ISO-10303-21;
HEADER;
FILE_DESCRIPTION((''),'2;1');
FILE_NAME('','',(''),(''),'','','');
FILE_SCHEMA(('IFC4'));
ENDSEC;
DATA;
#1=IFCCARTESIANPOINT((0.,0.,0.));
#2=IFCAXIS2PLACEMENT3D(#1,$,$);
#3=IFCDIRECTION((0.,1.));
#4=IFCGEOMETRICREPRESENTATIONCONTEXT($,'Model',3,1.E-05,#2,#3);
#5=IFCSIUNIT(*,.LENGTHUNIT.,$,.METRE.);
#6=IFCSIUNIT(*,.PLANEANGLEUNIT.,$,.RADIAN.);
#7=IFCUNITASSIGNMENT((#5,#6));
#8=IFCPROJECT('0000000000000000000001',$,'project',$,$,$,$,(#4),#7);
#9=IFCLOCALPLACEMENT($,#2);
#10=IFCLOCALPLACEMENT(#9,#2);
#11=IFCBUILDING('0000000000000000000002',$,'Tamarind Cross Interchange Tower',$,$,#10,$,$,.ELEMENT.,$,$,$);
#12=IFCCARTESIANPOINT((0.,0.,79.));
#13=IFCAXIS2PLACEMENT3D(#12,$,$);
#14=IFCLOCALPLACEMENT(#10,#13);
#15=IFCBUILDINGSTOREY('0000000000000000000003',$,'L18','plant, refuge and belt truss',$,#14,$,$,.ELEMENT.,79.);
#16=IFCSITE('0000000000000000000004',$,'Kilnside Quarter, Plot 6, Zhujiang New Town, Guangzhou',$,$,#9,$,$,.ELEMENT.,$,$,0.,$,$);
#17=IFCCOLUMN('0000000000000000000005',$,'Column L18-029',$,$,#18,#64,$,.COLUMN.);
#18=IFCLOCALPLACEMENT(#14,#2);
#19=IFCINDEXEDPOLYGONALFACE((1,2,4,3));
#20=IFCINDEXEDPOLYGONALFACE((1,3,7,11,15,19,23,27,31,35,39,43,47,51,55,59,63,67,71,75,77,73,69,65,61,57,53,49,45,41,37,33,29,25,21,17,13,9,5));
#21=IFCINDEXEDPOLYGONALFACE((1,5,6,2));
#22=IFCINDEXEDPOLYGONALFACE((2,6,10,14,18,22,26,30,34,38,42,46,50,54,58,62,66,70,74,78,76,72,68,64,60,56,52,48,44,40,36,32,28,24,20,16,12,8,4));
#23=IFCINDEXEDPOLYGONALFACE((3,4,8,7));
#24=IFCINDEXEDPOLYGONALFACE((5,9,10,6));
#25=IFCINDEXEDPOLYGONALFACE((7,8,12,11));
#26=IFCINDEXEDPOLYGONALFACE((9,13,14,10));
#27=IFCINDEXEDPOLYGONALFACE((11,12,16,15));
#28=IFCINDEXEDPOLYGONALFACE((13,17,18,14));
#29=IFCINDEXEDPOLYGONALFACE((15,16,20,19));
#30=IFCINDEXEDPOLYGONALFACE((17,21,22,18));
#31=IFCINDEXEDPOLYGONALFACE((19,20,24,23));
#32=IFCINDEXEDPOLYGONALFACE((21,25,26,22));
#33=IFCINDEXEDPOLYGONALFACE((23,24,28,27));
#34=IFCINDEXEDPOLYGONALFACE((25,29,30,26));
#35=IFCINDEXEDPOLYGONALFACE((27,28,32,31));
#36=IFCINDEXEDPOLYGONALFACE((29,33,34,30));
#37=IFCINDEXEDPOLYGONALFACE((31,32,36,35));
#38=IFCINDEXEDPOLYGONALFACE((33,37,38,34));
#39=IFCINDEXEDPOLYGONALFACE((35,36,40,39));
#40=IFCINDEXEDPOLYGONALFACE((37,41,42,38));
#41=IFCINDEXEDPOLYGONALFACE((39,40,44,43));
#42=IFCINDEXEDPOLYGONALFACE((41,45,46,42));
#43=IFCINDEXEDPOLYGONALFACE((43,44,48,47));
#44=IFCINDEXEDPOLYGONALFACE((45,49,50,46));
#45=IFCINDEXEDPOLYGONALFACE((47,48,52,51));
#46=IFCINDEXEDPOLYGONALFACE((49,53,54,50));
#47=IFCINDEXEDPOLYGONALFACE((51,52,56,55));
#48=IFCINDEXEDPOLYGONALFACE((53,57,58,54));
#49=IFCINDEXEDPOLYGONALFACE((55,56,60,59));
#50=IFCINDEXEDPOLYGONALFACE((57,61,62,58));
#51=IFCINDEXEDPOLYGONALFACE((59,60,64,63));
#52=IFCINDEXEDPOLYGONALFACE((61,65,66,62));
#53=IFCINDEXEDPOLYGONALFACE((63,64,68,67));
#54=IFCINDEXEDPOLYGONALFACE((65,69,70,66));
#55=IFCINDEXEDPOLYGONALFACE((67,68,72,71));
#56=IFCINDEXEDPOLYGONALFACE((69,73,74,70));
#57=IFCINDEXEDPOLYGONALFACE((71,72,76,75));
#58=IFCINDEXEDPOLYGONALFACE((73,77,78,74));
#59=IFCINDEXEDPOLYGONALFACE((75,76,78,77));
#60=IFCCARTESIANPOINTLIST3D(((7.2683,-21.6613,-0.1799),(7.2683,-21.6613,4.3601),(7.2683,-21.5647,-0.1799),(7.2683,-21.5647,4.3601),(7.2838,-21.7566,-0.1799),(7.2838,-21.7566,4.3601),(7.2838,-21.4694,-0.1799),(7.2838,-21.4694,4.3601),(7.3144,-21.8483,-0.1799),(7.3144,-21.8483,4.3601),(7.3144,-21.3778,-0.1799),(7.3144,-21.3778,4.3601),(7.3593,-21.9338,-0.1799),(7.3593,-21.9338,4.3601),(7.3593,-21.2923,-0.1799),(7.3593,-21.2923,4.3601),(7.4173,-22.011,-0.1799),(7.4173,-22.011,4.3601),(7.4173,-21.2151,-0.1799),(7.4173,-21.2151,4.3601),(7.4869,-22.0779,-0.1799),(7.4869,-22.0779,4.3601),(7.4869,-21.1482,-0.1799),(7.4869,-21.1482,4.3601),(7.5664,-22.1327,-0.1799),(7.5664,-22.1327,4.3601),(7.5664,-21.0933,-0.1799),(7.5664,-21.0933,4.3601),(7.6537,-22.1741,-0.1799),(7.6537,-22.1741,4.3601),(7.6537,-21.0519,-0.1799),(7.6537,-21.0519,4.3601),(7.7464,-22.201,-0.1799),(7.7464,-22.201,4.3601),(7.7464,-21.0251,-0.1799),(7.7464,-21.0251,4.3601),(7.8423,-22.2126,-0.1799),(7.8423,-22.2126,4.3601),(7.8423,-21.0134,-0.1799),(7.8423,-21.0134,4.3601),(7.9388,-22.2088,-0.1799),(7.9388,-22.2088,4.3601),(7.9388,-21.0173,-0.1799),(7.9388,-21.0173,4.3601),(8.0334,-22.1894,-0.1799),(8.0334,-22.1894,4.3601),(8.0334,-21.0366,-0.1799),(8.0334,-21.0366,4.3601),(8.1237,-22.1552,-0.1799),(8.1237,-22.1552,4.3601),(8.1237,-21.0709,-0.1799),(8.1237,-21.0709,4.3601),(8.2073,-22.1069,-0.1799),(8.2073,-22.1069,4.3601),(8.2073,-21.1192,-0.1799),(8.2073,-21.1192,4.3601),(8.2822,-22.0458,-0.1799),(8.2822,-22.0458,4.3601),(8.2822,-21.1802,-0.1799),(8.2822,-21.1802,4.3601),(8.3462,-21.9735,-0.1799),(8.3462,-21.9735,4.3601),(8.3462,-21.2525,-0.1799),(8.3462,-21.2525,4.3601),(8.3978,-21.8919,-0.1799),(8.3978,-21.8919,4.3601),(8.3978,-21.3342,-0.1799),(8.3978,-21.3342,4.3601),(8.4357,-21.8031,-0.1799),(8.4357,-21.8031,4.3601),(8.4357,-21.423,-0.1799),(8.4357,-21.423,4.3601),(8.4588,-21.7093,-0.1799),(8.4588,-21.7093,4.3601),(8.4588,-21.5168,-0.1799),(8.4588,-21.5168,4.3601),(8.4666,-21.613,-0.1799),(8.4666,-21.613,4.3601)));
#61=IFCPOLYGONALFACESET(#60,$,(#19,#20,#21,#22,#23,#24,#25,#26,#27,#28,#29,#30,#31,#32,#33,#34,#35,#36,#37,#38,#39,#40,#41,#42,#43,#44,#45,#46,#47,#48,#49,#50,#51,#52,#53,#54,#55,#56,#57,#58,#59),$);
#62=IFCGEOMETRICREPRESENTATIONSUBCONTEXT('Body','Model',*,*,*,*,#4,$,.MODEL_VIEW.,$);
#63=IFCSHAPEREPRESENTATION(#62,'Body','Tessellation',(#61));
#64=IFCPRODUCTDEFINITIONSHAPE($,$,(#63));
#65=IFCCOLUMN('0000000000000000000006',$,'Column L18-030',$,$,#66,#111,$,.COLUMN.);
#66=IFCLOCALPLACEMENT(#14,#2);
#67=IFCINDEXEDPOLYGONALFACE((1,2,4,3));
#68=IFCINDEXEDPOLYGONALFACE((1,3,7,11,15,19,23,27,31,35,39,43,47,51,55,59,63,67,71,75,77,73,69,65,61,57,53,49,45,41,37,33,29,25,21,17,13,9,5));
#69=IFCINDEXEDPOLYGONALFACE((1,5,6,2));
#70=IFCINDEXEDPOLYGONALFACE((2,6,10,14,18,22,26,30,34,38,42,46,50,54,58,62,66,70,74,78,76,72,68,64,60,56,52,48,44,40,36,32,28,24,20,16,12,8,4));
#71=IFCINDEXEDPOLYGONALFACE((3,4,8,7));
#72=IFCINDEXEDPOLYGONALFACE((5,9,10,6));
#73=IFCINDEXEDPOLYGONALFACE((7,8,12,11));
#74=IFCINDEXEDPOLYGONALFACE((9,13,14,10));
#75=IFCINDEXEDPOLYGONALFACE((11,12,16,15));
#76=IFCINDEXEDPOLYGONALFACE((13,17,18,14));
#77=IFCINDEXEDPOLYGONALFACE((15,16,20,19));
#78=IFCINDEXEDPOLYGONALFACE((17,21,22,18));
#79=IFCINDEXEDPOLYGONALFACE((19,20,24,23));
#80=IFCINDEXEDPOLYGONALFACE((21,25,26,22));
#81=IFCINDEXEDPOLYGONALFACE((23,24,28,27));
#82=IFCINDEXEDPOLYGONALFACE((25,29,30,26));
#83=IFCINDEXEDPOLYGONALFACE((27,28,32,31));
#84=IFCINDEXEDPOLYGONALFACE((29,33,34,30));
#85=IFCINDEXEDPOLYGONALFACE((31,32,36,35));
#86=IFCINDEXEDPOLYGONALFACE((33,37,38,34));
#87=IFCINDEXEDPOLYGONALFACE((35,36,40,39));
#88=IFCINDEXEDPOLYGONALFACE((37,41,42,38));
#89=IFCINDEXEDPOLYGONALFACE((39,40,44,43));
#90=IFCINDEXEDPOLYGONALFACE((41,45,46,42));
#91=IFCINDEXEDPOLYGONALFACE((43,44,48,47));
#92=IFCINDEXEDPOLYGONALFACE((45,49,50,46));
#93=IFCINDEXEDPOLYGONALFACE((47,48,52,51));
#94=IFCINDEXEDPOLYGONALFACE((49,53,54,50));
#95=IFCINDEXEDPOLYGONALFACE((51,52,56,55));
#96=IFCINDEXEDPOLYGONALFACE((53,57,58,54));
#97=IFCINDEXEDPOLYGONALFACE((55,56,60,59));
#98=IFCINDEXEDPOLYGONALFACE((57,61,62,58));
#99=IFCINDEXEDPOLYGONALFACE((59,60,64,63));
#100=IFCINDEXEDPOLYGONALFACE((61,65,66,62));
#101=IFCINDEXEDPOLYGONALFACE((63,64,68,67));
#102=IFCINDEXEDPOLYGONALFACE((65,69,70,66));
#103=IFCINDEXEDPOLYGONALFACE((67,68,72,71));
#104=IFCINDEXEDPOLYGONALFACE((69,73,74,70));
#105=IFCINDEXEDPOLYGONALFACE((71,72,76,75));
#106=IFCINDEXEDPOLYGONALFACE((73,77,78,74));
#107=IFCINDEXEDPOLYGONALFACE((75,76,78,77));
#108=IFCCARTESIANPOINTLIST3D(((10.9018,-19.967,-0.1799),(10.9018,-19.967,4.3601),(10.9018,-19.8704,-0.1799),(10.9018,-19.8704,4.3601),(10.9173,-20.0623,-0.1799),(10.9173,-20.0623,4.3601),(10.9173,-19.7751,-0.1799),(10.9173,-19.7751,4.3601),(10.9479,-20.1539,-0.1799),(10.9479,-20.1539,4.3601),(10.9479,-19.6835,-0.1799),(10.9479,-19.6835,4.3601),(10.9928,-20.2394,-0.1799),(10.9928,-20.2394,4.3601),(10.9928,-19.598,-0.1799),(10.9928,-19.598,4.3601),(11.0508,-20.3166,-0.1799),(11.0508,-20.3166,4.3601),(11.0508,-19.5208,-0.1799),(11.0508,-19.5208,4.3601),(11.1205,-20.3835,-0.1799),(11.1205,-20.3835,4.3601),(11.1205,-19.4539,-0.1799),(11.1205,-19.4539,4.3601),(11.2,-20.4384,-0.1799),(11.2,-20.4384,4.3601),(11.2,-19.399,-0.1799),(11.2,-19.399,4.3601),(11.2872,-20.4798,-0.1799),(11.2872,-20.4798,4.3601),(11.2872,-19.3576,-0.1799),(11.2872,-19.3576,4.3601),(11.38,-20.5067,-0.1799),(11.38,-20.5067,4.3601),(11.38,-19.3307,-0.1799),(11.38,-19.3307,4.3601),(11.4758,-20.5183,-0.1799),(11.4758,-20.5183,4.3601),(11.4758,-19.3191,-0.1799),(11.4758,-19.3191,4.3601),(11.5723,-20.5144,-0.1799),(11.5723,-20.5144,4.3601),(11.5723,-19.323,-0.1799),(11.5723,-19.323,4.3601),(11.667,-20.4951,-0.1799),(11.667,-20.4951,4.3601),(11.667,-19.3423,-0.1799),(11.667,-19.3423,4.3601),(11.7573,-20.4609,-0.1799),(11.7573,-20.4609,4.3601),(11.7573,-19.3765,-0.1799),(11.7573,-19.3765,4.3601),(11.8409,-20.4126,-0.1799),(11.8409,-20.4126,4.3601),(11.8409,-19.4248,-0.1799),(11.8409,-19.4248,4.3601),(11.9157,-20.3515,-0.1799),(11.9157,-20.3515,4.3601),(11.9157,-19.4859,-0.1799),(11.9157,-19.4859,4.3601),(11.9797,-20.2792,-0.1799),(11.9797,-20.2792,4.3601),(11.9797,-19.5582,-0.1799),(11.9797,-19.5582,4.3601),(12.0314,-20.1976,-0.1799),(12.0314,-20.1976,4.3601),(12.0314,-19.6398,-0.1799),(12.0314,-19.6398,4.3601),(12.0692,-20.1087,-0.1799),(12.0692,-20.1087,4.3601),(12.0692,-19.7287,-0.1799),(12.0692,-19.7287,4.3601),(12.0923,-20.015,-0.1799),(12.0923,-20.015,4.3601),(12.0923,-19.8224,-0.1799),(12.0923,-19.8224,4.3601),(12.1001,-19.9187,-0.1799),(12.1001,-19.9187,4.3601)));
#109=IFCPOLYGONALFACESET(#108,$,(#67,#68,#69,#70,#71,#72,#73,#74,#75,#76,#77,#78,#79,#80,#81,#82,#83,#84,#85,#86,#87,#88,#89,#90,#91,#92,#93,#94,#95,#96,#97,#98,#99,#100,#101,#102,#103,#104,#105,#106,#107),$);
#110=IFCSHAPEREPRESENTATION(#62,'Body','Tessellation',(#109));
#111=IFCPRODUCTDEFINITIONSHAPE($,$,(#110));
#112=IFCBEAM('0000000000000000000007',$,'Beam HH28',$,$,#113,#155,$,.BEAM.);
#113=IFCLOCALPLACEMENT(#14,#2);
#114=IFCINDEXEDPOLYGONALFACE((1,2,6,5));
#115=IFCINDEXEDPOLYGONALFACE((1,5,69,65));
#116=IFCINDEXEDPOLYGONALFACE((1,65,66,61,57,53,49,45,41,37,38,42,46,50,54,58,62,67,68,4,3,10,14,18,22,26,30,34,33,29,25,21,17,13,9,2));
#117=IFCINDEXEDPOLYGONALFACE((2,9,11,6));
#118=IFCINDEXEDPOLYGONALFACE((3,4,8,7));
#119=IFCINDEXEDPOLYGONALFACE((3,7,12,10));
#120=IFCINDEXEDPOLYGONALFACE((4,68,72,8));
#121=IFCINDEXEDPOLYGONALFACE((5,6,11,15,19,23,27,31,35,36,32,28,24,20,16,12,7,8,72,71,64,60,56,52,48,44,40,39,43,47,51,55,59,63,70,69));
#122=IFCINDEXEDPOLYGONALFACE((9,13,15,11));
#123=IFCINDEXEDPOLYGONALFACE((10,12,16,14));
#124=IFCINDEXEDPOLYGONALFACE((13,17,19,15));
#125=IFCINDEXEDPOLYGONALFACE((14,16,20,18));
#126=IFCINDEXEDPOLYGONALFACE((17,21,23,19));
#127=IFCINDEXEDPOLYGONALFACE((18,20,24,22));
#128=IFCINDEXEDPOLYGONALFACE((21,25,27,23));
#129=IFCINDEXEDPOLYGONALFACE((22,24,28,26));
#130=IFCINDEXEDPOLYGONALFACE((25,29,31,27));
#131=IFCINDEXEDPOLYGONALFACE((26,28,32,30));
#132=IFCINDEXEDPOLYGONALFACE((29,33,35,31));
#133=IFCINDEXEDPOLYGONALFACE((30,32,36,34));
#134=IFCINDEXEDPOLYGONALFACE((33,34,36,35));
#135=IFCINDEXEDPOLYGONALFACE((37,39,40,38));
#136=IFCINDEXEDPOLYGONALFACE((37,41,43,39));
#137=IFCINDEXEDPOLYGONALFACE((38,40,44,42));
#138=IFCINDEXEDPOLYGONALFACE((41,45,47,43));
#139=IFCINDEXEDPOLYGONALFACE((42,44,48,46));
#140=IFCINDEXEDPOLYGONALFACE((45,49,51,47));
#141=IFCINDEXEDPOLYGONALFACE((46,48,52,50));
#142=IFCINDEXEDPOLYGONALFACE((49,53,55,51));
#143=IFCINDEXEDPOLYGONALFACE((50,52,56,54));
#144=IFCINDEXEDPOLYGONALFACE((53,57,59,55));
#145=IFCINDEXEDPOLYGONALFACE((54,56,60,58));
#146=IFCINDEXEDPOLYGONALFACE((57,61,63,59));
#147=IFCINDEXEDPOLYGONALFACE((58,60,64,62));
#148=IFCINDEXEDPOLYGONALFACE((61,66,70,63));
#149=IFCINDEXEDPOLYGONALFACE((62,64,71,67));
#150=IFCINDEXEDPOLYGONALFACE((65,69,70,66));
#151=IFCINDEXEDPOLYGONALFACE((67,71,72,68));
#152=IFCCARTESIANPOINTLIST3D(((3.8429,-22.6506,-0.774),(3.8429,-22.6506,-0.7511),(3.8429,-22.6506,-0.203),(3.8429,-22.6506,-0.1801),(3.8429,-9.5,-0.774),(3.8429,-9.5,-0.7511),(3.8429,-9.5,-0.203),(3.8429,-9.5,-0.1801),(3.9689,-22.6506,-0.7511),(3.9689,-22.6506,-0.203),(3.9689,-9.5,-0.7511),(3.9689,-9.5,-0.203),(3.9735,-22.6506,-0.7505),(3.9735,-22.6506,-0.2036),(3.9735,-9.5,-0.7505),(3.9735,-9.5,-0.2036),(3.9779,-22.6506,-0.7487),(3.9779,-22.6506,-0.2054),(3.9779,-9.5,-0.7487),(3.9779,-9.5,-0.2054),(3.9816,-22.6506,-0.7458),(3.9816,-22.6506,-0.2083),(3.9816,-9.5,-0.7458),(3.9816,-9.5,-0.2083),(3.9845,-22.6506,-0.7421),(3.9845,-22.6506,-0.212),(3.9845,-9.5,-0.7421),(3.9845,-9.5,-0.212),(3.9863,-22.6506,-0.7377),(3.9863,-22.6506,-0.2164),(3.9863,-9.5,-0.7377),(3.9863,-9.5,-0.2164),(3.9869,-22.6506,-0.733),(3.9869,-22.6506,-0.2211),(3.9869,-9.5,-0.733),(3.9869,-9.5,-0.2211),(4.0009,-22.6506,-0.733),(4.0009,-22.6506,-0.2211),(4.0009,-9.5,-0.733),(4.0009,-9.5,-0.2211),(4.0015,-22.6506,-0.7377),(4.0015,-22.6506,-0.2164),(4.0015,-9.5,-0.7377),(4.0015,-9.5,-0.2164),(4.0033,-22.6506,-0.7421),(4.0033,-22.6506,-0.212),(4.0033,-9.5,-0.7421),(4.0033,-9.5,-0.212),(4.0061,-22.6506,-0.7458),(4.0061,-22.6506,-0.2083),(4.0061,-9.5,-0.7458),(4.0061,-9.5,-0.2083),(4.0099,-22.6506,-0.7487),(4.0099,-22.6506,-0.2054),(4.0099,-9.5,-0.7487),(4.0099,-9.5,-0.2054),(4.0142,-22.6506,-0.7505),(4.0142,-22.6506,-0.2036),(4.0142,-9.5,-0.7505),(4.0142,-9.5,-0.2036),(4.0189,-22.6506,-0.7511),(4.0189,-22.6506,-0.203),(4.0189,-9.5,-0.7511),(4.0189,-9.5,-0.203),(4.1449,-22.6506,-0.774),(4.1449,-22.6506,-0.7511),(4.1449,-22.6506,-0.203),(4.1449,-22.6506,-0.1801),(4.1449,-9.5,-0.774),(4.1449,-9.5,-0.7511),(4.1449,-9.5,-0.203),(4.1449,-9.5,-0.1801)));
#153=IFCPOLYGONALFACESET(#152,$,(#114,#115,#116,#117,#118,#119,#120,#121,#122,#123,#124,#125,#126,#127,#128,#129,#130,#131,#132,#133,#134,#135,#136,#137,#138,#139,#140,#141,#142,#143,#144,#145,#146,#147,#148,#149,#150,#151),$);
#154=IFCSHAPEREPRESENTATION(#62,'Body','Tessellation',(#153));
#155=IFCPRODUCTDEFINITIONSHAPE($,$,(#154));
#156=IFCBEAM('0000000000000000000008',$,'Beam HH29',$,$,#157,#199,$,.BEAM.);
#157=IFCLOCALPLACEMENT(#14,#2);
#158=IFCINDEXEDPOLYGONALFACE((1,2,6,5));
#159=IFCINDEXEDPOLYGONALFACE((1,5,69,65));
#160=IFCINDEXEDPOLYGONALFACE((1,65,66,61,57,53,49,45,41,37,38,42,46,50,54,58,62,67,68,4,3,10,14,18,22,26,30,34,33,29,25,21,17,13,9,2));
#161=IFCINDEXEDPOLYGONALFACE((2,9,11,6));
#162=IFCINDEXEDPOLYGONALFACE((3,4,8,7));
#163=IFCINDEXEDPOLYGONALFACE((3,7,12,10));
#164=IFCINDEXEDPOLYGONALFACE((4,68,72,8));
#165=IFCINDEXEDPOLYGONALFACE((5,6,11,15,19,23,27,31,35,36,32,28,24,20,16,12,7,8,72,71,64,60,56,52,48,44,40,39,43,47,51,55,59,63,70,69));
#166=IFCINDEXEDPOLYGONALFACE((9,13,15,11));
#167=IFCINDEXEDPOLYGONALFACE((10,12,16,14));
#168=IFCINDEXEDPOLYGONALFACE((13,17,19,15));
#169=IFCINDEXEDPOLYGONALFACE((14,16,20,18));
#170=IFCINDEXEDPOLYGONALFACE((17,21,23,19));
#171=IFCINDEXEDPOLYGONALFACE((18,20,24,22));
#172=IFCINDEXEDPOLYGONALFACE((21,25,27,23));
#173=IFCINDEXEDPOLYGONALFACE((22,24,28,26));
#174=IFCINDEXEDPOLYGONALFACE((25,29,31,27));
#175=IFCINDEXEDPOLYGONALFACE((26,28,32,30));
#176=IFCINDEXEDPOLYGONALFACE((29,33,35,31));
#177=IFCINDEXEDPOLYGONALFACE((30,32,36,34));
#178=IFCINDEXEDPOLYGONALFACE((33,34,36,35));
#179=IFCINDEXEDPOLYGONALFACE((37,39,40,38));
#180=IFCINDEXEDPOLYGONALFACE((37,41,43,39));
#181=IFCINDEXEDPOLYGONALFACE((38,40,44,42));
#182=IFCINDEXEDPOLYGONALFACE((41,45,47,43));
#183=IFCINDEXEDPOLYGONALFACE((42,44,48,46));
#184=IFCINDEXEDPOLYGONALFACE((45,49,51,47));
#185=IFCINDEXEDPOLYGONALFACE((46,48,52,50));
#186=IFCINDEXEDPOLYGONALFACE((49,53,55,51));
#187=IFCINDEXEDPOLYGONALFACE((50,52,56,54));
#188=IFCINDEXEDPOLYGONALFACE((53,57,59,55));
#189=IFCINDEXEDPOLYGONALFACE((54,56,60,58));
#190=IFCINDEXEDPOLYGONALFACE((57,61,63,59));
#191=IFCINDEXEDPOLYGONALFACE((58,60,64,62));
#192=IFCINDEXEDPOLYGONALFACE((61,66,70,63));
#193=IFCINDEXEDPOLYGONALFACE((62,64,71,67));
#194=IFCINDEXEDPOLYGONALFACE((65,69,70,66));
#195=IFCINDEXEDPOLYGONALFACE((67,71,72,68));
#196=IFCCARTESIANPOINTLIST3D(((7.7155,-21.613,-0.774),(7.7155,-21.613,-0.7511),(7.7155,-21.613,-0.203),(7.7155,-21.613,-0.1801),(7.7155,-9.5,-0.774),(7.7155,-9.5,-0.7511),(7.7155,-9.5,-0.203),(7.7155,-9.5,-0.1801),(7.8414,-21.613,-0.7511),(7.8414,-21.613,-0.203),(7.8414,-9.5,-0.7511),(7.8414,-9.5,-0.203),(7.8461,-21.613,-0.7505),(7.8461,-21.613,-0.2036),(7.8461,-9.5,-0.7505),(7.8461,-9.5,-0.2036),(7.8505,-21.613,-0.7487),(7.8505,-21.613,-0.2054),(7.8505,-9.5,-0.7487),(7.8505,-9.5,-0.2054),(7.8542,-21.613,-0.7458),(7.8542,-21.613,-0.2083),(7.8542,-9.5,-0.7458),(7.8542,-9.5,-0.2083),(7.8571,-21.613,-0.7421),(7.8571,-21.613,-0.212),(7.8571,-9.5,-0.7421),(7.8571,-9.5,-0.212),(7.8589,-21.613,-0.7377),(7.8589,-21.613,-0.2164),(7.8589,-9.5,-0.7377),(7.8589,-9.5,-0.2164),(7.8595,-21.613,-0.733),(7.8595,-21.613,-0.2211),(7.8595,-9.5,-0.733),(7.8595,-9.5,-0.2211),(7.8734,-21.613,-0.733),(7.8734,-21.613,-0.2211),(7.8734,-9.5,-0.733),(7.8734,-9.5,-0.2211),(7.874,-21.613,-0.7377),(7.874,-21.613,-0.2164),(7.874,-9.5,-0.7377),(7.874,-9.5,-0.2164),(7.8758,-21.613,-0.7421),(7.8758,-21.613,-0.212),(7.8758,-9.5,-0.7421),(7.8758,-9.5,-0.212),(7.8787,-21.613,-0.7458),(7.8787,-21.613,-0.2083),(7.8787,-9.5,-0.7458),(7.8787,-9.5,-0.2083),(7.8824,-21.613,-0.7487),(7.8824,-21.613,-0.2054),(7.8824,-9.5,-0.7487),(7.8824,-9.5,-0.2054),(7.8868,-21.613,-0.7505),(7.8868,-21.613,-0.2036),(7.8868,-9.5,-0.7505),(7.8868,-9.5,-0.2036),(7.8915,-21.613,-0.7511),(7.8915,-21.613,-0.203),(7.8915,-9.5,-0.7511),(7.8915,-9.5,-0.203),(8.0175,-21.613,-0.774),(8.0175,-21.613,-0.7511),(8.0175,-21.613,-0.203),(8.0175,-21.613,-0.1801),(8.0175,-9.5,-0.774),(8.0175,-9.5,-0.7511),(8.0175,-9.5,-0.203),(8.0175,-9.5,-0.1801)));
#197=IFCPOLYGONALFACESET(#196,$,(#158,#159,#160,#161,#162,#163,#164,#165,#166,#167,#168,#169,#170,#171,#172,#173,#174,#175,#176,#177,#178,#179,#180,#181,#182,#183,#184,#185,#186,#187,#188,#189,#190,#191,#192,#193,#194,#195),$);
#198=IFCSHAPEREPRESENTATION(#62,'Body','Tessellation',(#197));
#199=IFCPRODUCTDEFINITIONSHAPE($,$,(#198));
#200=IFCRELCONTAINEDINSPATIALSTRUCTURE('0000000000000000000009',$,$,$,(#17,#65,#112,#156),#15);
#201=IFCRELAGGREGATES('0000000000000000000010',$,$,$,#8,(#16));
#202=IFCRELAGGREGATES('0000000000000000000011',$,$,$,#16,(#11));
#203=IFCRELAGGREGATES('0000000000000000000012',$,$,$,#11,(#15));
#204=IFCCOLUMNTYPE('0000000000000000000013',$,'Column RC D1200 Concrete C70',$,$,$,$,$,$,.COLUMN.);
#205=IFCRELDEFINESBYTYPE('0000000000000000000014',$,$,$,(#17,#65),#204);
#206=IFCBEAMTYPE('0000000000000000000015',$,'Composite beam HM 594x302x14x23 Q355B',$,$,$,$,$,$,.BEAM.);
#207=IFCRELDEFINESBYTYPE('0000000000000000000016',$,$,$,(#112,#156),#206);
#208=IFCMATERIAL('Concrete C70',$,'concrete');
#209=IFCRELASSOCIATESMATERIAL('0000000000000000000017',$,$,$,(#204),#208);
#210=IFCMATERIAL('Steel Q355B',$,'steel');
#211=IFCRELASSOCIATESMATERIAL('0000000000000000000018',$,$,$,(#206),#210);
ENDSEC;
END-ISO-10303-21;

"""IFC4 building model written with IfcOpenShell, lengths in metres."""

from ifc_helpers import new_model, si_unit, direction, frame, origin, origin_2d, place, context, subcontext, project, spatial, circle, i_section, extrude, material, material_profile, profile_set, type_object, element, save


model = new_model("IFC4")

# Units and contexts
model_context = context("Model", 3, precision=1e-05, world=origin(), true_north=direction((0.0, 1.0)))
body_context = subcontext(model_context, "Body", "Model", "MODEL_VIEW")
ifc_project = project(units=[si_unit("LENGTHUNIT", "METRE"), si_unit("PLANEANGLEUNIT", "RADIAN")], contexts=[model_context])

# Site, building, storey
site_placement = place(None, origin())
site = spatial("IfcSite", under=ifc_project, at=site_placement, Name="Kilnside Quarter, Plot 6, Zhujiang New Town, Guangzhou", CompositionType="ELEMENT", RefElevation=0.0)
building_placement = place(site_placement, origin())
building = spatial("IfcBuilding", under=site, at=building_placement, Name="Tamarind Cross Interchange Tower", CompositionType="ELEMENT")
storey_placement = place(building_placement, frame((0.0, 0.0, 79.0)))
storey = spatial("IfcBuildingStorey", under=building, at=storey_placement, Name="L18", Description="plant, refuge and belt truss", CompositionType="ELEMENT", Elevation=79.0)

# Columns
ifc_material_1 = material(Name="Concrete C70", Category="concrete")
ifc_material_profile_1 = material_profile(ifc_material_1, circle(Radius=0.6001, at=origin_2d()), Name="RC D1200")
ifc_profile_set_1 = profile_set([ifc_material_profile_1], Name="Concrete C70")
column_type = type_object("IfcColumnType", Name="Column RC D1200 Concrete C70", PredefinedType="COLUMN", material=ifc_profile_set_1)
for number, where, z_axis, x_axis, name in (
    (1, (7.8665, -21.613, -0.1799), (0.0, 0.0, 1.0), (1.0, 0.0, 0.0), "Column L18-029"),
    (2, (11.5, -19.9187, -0.1799), (0.0, 0.0, 1.0), (1.0, 0.0, 0.0), "Column L18-030"),
):
    element("IfcColumn", number, at=place(storey_placement, frame(where, z_axis=z_axis, x_axis=x_axis)), inside=storey, type_object=column_type, Name=name, PredefinedType="COLUMN", context=body_context, shape_type="SweptSolid", body=[
        extrude(circle(Radius=0.6001, at=origin_2d()), origin(), (0.0, 0.0, 1.0), 4.54),
    ])

# Beams
ifc_material_2 = material(Name="Steel Q355B", Category="steel")
ifc_material_profile_2 = material_profile(ifc_material_2, i_section(OverallWidth=0.302, OverallDepth=0.594, WebThickness=0.0139, FlangeThickness=0.0229, FilletRadius=0.0181, at=origin_2d()), Name="HM 594x302x14x23")
ifc_profile_set_2 = profile_set([ifc_material_profile_2], Name="Steel Q355B")
beam_type = type_object("IfcBeamType", Name="Composite beam HM 594x302x14x23 Q355B", PredefinedType="BEAM", material=ifc_profile_set_2)
beam_1_placement = place(storey_placement, frame((3.9939, -22.6506, -0.4771), z_axis=(0.0, 1.0, 0.0), x_axis=(-1.0, 0.0, 0.0)))
element("IfcBeam", 3, at=beam_1_placement, inside=storey, type_object=beam_type, Name="Beam HH28", PredefinedType="BEAM", context=body_context, shape_type="SweptSolid", body=[
    extrude(i_section(OverallWidth=0.302, OverallDepth=0.594, WebThickness=0.0139, FlangeThickness=0.0229, FilletRadius=0.0181, at=origin_2d()), origin(), (0.0, 0.0, 1.0), 13.1506),
])
beam_2_placement = place(storey_placement, frame((7.8665, -21.613, -0.4771), z_axis=(0.0, 1.0, 0.0), x_axis=(-1.0, 0.0, 0.0)))
element("IfcBeam", 4, at=beam_2_placement, inside=storey, type_object=beam_type, Name="Beam HH29", PredefinedType="BEAM", context=body_context, shape_type="SweptSolid", body=[
    extrude(i_section(OverallWidth=0.302, OverallDepth=0.594, WebThickness=0.0139, FlangeThickness=0.0229, FilletRadius=0.0181, at=origin_2d()), origin(), (0.0, 0.0, 1.0), 12.113),
])

save(model, "model.ifc")
